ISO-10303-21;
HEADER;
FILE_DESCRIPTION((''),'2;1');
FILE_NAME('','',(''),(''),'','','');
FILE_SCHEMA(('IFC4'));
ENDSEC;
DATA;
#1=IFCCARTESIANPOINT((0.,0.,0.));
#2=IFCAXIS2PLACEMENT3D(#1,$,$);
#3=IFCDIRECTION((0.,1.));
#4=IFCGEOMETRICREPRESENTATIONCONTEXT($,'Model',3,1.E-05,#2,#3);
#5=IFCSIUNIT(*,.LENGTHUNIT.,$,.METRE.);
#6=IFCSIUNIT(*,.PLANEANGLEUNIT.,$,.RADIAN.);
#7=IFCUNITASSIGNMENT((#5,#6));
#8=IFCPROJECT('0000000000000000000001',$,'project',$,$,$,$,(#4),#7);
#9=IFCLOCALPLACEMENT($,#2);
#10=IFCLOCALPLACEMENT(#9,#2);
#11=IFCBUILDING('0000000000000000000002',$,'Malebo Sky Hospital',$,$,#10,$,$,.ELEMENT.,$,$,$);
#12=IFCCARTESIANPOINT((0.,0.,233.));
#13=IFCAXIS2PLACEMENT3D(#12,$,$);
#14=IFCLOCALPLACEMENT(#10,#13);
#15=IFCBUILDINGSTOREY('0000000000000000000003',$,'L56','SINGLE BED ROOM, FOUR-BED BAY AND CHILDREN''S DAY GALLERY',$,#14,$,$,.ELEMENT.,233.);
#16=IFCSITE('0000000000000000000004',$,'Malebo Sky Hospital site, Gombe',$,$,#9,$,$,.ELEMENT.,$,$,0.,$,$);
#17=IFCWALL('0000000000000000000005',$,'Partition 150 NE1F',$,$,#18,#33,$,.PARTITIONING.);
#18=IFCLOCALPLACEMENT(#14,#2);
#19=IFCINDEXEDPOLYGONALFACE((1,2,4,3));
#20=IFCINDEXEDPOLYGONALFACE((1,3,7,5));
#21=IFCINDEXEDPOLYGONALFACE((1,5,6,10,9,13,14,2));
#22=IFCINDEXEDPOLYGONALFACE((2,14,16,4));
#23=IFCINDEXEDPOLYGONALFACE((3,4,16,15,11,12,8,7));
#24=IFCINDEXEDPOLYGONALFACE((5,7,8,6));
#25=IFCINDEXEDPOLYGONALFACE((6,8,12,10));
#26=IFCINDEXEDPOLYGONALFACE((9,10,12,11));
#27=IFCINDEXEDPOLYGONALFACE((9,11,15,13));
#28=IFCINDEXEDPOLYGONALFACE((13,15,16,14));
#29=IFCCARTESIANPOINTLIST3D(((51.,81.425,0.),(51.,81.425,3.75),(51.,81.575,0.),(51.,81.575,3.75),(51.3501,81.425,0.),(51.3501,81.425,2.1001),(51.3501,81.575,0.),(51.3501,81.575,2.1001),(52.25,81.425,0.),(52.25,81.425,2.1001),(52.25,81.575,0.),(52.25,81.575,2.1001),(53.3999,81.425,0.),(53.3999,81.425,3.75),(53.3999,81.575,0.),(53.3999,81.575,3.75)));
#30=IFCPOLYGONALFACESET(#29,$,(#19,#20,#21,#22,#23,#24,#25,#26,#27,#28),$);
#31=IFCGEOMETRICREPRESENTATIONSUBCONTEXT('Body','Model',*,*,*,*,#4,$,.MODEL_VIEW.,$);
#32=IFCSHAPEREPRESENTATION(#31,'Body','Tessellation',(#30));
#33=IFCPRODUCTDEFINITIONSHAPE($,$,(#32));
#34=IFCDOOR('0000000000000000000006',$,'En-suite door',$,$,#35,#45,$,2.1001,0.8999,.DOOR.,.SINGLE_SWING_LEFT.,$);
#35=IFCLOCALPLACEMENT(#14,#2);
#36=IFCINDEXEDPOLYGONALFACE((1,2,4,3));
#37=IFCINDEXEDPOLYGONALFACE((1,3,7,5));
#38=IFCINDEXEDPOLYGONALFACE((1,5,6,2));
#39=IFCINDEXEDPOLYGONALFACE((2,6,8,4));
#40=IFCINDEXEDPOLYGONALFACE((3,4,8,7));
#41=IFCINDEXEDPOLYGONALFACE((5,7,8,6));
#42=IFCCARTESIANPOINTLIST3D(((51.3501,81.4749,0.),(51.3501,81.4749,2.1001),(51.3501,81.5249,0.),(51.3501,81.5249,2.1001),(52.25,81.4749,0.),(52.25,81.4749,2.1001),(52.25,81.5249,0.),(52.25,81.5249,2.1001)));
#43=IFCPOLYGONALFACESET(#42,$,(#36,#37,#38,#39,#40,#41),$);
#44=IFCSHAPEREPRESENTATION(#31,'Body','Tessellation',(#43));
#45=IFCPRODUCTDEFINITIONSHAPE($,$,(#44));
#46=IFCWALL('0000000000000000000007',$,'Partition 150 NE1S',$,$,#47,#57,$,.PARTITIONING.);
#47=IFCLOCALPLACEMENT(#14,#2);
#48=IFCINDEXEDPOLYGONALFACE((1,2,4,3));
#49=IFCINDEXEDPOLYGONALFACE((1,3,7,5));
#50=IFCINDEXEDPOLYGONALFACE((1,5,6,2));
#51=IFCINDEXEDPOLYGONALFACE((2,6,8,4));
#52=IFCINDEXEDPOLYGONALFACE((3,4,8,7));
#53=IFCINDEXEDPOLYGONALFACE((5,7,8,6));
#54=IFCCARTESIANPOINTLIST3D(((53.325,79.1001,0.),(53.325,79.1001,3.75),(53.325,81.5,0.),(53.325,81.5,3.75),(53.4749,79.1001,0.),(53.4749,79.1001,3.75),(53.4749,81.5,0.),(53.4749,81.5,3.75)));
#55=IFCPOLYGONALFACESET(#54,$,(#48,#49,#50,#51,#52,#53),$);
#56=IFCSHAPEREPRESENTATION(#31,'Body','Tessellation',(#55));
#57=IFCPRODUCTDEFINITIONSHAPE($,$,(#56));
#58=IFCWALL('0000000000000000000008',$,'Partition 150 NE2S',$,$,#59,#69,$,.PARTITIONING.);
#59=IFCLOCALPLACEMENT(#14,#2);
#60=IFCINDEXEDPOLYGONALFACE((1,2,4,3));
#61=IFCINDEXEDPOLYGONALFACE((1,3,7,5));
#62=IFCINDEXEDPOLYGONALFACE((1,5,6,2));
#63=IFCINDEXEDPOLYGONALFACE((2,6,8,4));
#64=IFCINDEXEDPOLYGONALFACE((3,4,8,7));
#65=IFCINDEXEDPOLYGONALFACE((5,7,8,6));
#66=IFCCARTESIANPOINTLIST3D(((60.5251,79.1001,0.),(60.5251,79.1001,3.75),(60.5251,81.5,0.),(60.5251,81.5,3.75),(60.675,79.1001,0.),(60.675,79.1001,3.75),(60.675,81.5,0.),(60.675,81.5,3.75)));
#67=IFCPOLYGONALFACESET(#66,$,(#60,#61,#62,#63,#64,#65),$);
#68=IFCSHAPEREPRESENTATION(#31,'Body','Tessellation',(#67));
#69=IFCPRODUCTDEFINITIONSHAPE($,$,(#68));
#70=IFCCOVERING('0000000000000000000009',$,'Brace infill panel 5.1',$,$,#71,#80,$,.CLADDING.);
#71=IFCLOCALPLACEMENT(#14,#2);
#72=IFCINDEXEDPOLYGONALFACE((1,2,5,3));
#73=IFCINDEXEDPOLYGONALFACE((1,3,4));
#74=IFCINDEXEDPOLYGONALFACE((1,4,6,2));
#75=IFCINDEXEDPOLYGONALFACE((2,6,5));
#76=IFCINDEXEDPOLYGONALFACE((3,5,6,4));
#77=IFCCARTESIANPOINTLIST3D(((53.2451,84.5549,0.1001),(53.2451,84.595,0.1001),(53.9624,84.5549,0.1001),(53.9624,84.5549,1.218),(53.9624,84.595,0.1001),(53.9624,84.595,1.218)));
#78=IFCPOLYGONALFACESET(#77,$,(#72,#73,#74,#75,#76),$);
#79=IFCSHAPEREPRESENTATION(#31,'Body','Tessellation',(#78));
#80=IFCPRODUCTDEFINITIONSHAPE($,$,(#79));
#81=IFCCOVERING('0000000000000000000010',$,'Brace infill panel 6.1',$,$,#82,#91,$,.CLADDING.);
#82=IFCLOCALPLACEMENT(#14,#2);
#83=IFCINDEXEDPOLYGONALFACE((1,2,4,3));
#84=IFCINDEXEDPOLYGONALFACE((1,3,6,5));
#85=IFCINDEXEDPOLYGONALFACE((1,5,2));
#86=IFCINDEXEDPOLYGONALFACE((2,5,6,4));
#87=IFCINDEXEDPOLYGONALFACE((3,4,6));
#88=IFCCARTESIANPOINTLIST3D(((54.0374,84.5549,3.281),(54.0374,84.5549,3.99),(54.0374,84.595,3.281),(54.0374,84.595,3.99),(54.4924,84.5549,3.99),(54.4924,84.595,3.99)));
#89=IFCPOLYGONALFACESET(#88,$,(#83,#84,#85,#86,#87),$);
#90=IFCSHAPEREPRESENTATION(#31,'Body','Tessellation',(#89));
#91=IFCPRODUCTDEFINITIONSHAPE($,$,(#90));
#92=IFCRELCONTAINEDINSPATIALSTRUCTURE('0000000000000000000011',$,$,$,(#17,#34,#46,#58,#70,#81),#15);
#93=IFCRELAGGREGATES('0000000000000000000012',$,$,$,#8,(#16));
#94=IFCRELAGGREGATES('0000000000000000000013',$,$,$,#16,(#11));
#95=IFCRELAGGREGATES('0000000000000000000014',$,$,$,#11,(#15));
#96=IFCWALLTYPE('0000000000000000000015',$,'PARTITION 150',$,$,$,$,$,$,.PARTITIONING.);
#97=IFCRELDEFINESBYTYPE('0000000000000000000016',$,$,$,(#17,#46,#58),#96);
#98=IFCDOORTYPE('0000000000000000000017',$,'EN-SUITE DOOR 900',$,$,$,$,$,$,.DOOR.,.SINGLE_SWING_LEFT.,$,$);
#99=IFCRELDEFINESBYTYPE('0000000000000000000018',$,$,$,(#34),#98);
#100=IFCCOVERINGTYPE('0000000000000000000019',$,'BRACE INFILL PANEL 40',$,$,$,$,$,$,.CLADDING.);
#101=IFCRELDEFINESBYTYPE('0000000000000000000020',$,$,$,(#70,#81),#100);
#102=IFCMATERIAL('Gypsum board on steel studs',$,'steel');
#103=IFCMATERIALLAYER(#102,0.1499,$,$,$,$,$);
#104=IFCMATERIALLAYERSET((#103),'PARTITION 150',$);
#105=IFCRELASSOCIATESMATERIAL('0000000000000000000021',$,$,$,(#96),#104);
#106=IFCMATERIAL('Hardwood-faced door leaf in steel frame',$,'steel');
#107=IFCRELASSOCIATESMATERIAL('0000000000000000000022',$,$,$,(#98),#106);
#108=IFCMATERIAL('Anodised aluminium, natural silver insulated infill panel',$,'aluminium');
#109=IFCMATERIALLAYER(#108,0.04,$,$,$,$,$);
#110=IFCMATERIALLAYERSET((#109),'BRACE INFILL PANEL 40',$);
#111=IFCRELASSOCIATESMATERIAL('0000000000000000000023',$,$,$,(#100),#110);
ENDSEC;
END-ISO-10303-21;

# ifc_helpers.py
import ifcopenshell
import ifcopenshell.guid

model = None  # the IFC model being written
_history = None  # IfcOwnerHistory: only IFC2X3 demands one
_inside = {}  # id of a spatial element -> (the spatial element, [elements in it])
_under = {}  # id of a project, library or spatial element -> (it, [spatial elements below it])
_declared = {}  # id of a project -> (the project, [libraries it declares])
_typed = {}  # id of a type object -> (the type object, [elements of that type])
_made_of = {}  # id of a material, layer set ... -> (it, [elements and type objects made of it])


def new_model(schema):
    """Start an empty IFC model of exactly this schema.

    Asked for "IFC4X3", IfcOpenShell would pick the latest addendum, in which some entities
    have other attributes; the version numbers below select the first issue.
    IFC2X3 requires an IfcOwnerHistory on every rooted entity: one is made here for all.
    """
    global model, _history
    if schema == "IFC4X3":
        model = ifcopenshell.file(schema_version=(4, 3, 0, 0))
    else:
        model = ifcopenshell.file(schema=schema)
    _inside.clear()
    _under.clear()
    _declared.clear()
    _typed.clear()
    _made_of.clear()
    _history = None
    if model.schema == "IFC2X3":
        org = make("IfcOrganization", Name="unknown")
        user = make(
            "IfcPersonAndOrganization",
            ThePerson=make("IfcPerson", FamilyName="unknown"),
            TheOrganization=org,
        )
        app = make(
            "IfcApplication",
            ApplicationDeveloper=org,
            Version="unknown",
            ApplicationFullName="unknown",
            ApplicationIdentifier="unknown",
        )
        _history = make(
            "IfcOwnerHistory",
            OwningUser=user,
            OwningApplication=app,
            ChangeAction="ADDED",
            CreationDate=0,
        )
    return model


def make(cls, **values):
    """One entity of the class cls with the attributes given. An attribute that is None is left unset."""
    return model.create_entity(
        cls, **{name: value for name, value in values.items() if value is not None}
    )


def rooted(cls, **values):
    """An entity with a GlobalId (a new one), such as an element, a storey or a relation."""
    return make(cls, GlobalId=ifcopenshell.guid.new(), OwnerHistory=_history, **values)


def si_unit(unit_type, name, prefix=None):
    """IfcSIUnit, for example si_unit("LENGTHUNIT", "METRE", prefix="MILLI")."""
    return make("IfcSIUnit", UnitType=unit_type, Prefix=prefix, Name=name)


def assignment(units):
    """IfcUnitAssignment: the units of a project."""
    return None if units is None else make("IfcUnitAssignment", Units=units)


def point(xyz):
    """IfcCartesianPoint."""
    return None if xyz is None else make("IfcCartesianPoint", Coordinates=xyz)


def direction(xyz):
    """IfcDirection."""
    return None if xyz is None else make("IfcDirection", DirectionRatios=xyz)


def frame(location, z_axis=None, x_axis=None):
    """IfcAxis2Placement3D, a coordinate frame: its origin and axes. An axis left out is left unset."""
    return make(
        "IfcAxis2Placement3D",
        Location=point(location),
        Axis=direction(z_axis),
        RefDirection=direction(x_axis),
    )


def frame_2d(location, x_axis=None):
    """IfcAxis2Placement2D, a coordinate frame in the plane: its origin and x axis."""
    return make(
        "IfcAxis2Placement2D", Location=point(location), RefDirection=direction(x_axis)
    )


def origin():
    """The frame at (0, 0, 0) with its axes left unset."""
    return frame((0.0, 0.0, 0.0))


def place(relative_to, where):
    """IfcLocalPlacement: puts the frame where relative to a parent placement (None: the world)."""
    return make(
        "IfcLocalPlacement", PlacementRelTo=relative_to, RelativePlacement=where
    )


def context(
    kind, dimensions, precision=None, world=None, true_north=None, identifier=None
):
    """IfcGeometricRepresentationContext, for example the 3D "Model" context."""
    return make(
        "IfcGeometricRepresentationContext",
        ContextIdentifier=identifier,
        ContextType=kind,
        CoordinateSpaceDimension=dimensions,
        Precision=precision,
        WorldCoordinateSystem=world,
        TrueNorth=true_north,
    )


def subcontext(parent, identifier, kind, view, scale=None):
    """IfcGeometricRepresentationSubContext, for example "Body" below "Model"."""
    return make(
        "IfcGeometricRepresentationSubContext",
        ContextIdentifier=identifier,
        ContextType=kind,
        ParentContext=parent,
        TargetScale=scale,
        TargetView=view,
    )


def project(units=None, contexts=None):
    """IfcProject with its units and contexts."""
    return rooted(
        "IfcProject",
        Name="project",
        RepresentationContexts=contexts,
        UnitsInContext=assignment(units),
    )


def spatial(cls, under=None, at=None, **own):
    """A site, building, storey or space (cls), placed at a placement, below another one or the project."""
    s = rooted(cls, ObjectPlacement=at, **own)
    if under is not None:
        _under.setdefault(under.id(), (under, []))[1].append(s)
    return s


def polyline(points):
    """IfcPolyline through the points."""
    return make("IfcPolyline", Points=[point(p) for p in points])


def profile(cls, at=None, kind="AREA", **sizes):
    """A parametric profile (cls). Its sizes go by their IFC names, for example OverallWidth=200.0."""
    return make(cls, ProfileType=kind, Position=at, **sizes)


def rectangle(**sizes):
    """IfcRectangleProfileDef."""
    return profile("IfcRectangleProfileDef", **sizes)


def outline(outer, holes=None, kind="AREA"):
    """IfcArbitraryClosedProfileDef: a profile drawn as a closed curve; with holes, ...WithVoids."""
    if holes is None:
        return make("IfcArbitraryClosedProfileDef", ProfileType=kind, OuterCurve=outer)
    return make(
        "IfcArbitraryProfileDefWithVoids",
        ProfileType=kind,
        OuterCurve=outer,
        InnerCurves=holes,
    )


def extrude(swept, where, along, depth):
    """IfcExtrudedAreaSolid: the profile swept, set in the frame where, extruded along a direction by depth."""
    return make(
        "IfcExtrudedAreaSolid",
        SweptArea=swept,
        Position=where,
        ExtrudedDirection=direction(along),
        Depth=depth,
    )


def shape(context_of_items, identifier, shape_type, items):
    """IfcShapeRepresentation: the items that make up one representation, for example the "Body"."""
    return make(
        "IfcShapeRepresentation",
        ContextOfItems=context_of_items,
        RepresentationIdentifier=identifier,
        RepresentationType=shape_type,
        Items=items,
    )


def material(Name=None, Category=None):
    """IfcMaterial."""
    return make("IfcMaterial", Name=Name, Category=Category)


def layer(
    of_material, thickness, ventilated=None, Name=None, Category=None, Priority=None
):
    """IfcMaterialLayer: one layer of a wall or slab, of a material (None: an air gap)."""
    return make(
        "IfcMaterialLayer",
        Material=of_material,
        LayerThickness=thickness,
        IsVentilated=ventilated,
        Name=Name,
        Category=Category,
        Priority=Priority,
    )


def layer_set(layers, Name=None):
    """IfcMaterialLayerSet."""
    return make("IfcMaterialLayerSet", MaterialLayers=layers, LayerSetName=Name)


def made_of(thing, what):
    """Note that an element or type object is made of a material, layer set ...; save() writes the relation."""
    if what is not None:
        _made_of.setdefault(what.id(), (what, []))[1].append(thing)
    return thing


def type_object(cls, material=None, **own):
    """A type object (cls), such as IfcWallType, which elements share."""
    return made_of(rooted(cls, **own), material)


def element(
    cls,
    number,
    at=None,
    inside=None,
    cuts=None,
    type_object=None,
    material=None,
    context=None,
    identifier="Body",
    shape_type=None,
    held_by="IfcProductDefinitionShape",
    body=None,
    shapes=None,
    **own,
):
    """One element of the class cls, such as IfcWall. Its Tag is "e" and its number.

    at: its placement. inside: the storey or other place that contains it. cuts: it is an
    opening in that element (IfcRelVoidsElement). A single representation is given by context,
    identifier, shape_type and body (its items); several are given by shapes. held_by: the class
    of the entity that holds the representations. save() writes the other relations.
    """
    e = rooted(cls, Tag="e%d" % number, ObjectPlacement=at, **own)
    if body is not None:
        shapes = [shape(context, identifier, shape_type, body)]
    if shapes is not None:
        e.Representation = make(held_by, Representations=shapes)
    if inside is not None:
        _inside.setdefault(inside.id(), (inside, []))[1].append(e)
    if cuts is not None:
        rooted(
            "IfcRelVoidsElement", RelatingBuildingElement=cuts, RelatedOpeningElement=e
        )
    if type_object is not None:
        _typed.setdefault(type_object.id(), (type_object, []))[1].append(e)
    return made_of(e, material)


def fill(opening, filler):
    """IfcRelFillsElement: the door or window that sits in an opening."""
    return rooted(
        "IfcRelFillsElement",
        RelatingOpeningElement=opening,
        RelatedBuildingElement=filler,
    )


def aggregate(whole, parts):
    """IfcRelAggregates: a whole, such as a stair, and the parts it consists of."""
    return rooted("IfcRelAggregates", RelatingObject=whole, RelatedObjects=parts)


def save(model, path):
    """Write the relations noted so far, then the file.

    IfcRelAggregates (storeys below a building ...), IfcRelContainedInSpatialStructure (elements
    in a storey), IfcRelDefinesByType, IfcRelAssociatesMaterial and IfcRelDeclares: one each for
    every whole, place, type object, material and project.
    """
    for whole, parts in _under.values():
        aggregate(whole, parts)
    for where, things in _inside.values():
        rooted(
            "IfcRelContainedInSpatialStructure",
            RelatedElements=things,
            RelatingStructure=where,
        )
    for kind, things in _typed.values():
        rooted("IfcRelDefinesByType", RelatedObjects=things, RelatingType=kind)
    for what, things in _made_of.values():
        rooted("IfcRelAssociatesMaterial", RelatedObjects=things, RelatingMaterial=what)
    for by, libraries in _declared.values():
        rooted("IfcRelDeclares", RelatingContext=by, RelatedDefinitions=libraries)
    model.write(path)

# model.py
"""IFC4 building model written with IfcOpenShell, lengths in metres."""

from ifc_helpers import new_model, si_unit, direction, frame, frame_2d, origin, place, context, subcontext, project, spatial, polyline, rectangle, outline, extrude, material, layer, layer_set, type_object, element, fill, save


model = new_model("IFC4")

# Units and contexts
model_context = context("Model", 3, precision=1e-05, world=origin(), true_north=direction((0.0, 1.0)))
body_context = subcontext(model_context, "Body", "Model", "MODEL_VIEW")
ifc_project = project(units=[si_unit("LENGTHUNIT", "METRE"), si_unit("PLANEANGLEUNIT", "RADIAN")], contexts=[model_context])

# Site, building, storey
site_placement = place(None, origin())
site = spatial("IfcSite", under=ifc_project, at=site_placement, Name="Malebo Sky Hospital site, Gombe", CompositionType="ELEMENT", RefElevation=0.0)
building_placement = place(site_placement, origin())
building = spatial("IfcBuilding", under=site, at=building_placement, Name="Malebo Sky Hospital", CompositionType="ELEMENT")
storey_placement = place(building_placement, frame((0.0, 0.0, 233.0)))
storey = spatial("IfcBuildingStorey", under=building, at=storey_placement, Name="L56", Description="SINGLE BED ROOM, FOUR-BED BAY AND CHILDREN'S DAY GALLERY", CompositionType="ELEMENT", Elevation=233.0)

# Shared definitions
ifc_material_1 = material(Name="Gypsum board on steel studs", Category="steel")
ifc_layer_1 = layer(ifc_material_1, 0.1499)
ifc_layer_set_1 = layer_set([ifc_layer_1], Name="PARTITION 150")
wall_type_1 = type_object("IfcWallType", Name="PARTITION 150", PredefinedType="PARTITIONING", material=ifc_layer_set_1)

# Wall, opening, door
wall_1_placement = place(storey_placement, frame((51.0, 81.5, 0.0), z_axis=(0.0, 0.0, 1.0), x_axis=(1.0, 0.0, 0.0)))
wall_1 = element("IfcWall", 1, at=wall_1_placement, inside=storey, type_object=wall_type_1, Name="Partition 150 NE1F", PredefinedType="PARTITIONING", context=body_context, shape_type="SweptSolid", body=[
    extrude(rectangle(XDim=2.3999, YDim=0.1499, at=frame_2d((1.2, 0.0))), origin(), (0.0, 0.0, 1.0), 3.75),
])
opening_placement = place(wall_1_placement, frame((0.3501, 0.0, 0.0)))
opening = element("IfcOpeningElement", 2, at=opening_placement, cuts=wall_1, PredefinedType="OPENING", context=body_context, shape_type="SweptSolid", body=[
    extrude(rectangle(XDim=0.8999, YDim=2.1001, at=frame_2d((0.45, 1.05))), frame((0.0, 0.085, 0.0), z_axis=(0.0, -1.0, 0.0), x_axis=(1.0, 0.0, 0.0)), (0.0, 0.0, 1.0), 0.1699),
])
ifc_material_2 = material(Name="Hardwood-faced door leaf in steel frame", Category="steel")
door_type = type_object("IfcDoorType", Name="EN-SUITE DOOR 900", OperationType="SINGLE_SWING_LEFT", PredefinedType="DOOR", material=ifc_material_2)
door_placement = place(opening_placement, origin())
door = element("IfcDoor", 3, at=door_placement, inside=storey, type_object=door_type, Name="En-suite door", OperationType="SINGLE_SWING_LEFT", OverallHeight=2.1001, OverallWidth=0.8999, PredefinedType="DOOR", context=body_context, shape_type="SweptSolid", body=[
    extrude(rectangle(XDim=0.8999, YDim=2.1001, at=frame_2d((0.45, 1.05))), frame((0.0, 0.0249, 0.0), z_axis=(0.0, -1.0, 0.0), x_axis=(1.0, 0.0, 0.0)), (0.0, 0.0, 1.0), 0.05),
])
fill(opening, door)

# Walls
for number, where, z_axis, x_axis, name in (
    (4, (53.3999, 79.1001, 0.0), (0.0, 0.0, 1.0), (0.0, 1.0, 0.0), "Partition 150 NE1S"),
    (5, (60.6001, 79.1001, 0.0), (0.0, 0.0, 1.0), (0.0, 1.0, 0.0), "Partition 150 NE2S"),
):
    element("IfcWall", number, at=place(storey_placement, frame(where, z_axis=z_axis, x_axis=x_axis)), inside=storey, type_object=wall_type_1, Name=name, PredefinedType="PARTITIONING", context=body_context, shape_type="SweptSolid", body=[
        extrude(rectangle(XDim=2.3999, YDim=0.1499, at=frame_2d((1.2, 0.0))), origin(), (0.0, 0.0, 1.0), 3.75),
    ])

# Coverings
ifc_material_3 = material(Name="Anodised aluminium, natural silver insulated infill panel", Category="aluminium")
ifc_layer_2 = layer(ifc_material_3, 0.04)
ifc_layer_set_2 = layer_set([ifc_layer_2], Name="BRACE INFILL PANEL 40")
covering_type = type_object("IfcCoveringType", Name="BRACE INFILL PANEL 40", PredefinedType="CLADDING", material=ifc_layer_set_2)
covering_1_placement = place(storey_placement, frame((53.6038, 84.575, 0.1001), z_axis=(0.0, 0.0, 1.0), x_axis=(1.0, 0.0, 0.0)))
element("IfcCovering", 6, at=covering_1_placement, inside=storey, type_object=covering_type, Name="Brace infill panel 5.1", PredefinedType="CLADDING", context=body_context, shape_type="SweptSolid", body=[
    extrude(outline(polyline([(-0.3586, 0.0), (0.3586, 0.0), (0.3586, 1.1179), (-0.3586, 0.0)])), frame((0.0, 0.02, 0.0), z_axis=(0.0, -1.0, 0.0), x_axis=(1.0, 0.0, 0.0)), (0.0, 0.0, 1.0), 0.04),
])
covering_2_placement = place(storey_placement, frame((54.2649, 84.575, 3.281), z_axis=(0.0, 0.0, 1.0), x_axis=(1.0, 0.0, 0.0)))
element("IfcCovering", 7, at=covering_2_placement, inside=storey, type_object=covering_type, Name="Brace infill panel 6.1", PredefinedType="CLADDING", context=body_context, shape_type="SweptSolid", body=[
    extrude(outline(polyline([(-0.2275, 0.0), (0.2275, 0.709), (-0.2275, 0.709), (-0.2275, 0.0)])), frame((0.0, 0.02, 0.0), z_axis=(0.0, -1.0, 0.0), x_axis=(1.0, 0.0, 0.0)), (0.0, 0.0, 1.0), 0.04),
])

save(model, "model.ifc")
